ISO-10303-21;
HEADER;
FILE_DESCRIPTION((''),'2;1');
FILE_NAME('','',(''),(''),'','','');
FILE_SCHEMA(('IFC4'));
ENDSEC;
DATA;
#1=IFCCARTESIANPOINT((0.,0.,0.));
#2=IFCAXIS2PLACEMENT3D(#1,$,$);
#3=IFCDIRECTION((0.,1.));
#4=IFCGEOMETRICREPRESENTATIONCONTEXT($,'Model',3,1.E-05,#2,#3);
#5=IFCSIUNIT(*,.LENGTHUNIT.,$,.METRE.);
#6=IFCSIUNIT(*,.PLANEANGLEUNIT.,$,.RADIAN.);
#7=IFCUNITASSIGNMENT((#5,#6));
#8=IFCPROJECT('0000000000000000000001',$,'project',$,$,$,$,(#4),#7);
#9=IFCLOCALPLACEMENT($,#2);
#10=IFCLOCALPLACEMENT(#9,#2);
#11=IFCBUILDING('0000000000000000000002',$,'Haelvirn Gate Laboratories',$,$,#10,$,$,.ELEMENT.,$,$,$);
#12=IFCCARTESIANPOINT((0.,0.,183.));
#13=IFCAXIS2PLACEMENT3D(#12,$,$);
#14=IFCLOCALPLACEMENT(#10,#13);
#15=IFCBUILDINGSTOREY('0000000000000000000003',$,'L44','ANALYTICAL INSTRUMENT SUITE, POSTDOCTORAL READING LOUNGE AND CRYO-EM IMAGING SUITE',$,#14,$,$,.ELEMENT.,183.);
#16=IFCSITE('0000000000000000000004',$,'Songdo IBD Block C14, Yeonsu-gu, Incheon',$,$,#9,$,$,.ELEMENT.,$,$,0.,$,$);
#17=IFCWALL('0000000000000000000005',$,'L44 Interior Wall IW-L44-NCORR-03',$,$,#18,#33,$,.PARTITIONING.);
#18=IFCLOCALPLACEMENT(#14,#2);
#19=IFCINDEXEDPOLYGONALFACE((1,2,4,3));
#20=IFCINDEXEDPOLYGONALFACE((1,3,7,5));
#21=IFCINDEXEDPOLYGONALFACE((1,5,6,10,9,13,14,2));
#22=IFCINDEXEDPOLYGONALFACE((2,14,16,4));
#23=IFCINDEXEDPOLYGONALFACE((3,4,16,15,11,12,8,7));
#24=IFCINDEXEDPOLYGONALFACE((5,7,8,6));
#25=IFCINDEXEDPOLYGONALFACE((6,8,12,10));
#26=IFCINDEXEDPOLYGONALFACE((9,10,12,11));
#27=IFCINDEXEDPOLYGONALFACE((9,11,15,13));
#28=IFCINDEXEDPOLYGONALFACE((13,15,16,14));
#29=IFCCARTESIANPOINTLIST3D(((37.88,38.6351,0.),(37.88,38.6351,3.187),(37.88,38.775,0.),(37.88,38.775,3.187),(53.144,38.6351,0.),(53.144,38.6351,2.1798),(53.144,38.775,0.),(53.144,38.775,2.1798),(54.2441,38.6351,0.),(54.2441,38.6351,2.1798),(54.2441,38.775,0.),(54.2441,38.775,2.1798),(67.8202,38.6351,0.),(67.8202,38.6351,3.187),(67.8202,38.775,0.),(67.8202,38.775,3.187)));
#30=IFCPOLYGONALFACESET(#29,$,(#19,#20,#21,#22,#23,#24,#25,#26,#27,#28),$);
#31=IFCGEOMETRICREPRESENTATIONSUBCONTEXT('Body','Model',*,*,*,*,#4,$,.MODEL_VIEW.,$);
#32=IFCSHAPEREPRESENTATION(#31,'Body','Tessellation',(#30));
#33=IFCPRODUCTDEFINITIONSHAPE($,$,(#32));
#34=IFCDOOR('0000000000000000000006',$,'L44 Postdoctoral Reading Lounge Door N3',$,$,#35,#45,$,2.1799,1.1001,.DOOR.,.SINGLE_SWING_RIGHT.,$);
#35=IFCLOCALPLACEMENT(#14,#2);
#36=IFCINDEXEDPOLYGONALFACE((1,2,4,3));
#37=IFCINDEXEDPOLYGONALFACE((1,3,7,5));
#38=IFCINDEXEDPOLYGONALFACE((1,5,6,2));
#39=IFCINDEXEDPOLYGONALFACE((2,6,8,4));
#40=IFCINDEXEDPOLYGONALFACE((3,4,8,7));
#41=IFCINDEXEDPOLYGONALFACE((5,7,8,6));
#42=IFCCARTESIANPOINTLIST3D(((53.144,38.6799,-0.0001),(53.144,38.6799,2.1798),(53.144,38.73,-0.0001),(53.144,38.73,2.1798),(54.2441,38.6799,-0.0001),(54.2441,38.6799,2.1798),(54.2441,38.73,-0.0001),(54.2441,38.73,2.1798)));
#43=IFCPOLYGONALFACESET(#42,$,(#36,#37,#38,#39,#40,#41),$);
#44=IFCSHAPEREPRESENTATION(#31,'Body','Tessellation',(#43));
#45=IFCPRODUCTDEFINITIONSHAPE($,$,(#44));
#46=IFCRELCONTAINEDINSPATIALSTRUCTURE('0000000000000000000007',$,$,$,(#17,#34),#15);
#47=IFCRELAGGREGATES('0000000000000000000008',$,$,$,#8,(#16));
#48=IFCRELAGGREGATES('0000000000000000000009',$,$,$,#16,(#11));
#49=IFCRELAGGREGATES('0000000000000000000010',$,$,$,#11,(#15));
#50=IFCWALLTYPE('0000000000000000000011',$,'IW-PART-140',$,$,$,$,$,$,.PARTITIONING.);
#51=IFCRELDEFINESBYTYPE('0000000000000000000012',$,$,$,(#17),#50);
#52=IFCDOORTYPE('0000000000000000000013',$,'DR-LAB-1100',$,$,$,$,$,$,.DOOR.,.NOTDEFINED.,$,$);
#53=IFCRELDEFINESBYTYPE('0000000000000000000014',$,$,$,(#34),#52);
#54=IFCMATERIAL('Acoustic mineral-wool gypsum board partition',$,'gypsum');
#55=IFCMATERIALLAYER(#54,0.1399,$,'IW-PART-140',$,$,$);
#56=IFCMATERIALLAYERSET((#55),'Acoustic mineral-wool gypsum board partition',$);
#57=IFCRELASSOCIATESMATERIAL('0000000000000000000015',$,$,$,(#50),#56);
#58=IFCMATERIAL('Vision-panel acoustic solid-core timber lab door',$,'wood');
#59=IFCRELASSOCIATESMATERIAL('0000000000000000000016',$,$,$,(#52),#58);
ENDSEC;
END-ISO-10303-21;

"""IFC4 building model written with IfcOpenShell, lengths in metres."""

from ifc_helpers import new_model, si_unit, direction, frame, frame_2d, origin, place, context, subcontext, project, spatial, rectangle, extrude, source, transform, mapped, material, layer, layer_set, type_object, type_shapes, element, fill, save


model = new_model("IFC4")

# Units and contexts
model_context = context("Model", 3, precision=1e-05, world=origin(), true_north=direction((0.0, 1.0)))
body_context = subcontext(model_context, "Body", "Model", "MODEL_VIEW")
ifc_project = project(units=[si_unit("LENGTHUNIT", "METRE"), si_unit("PLANEANGLEUNIT", "RADIAN")], contexts=[model_context])

# Site, building, storey
site_placement = place(None, origin())
site = spatial("IfcSite", under=ifc_project, at=site_placement, Name="Songdo IBD Block C14, Yeonsu-gu, Incheon", CompositionType="ELEMENT", RefElevation=0.0)
building_placement = place(site_placement, origin())
building = spatial("IfcBuilding", under=site, at=building_placement, Name="Haelvirn Gate Laboratories", CompositionType="ELEMENT")
storey_placement = place(building_placement, frame((0.0, 0.0, 183.0)))
storey = spatial("IfcBuildingStorey", under=building, at=storey_placement, Name="L44", Description="ANALYTICAL INSTRUMENT SUITE, POSTDOCTORAL READING LOUNGE AND CRYO-EM IMAGING SUITE", CompositionType="ELEMENT", Elevation=183.0)

# Wall, opening, door
ifc_material_1 = material(Name="Acoustic mineral-wool gypsum board partition", Category="gypsum")
ifc_layer_1 = layer(ifc_material_1, 0.1399, Name="IW-PART-140")
ifc_layer_set_1 = layer_set([ifc_layer_1], Name="Acoustic mineral-wool gypsum board partition")
wall_type_1 = type_object("IfcWallType", Name="IW-PART-140", PredefinedType="PARTITIONING", material=ifc_layer_set_1)
wall_1_placement = place(storey_placement, frame((37.8799, 38.7051, 0.0), z_axis=(0.0, 0.0, 1.0), x_axis=(1.0, 0.0, 0.0)))
wall_1 = element("IfcWall", 1, at=wall_1_placement, inside=storey, type_object=wall_type_1, Name="L44 Interior Wall IW-L44-NCORR-03", PredefinedType="PARTITIONING", context=body_context, shape_type="SweptSolid", body=[
    extrude(rectangle(XDim=29.9402, YDim=0.1399, at=frame_2d((14.9702, 0.0))), origin(), (0.0, 0.0, 1.0), 3.187),
])
opening_placement = place(wall_1_placement, frame((15.2642, 0.0, 0.0)))
opening = element("IfcOpeningElement", 2, at=opening_placement, cuts=wall_1, PredefinedType="OPENING", context=body_context, shape_type="SweptSolid", body=[
    extrude(rectangle(XDim=1.1001, YDim=2.1799, at=frame_2d((0.55, 1.0898))), frame((0.0, 0.0801, 0.0), z_axis=(0.0, -1.0, 0.0), x_axis=(1.0, 0.0, 0.0)), (0.0, 0.0, 1.0), 0.1599),
])
ifc_material_2 = material(Name="Vision-panel acoustic solid-core timber lab door", Category="wood")
door_type = type_object("IfcDoorType", Name="DR-LAB-1100", OperationType="NOTDEFINED", PredefinedType="DOOR", material=ifc_material_2)
shared_shape_1 = source(origin(), body_context, "Body", "SweptSolid", [
    extrude(rectangle(XDim=1.1001, YDim=2.1799, at=frame_2d((0.55, 1.0898))), frame((0.0, 0.0249, 0.0), z_axis=(0.0, -1.0, 0.0), x_axis=(1.0, 0.0, 0.0)), (0.0, 0.0, 1.0), 0.05),
])
type_shapes(door_type, [shared_shape_1])
door_placement = place(opening_placement, origin())
door = element("IfcDoor", 3, at=door_placement, inside=storey, type_object=door_type, Name="L44 Postdoctoral Reading Lounge Door N3", OperationType="SINGLE_SWING_RIGHT", OverallHeight=2.1799, OverallWidth=1.1001, PredefinedType="DOOR", context=body_context, shape_type="MappedRepresentation", body=[
    mapped(shared_shape_1, transform((0.0, 0.0, 0.0), scale=1.0)),
])
fill(opening, door)

save(model, "model.ifc")
